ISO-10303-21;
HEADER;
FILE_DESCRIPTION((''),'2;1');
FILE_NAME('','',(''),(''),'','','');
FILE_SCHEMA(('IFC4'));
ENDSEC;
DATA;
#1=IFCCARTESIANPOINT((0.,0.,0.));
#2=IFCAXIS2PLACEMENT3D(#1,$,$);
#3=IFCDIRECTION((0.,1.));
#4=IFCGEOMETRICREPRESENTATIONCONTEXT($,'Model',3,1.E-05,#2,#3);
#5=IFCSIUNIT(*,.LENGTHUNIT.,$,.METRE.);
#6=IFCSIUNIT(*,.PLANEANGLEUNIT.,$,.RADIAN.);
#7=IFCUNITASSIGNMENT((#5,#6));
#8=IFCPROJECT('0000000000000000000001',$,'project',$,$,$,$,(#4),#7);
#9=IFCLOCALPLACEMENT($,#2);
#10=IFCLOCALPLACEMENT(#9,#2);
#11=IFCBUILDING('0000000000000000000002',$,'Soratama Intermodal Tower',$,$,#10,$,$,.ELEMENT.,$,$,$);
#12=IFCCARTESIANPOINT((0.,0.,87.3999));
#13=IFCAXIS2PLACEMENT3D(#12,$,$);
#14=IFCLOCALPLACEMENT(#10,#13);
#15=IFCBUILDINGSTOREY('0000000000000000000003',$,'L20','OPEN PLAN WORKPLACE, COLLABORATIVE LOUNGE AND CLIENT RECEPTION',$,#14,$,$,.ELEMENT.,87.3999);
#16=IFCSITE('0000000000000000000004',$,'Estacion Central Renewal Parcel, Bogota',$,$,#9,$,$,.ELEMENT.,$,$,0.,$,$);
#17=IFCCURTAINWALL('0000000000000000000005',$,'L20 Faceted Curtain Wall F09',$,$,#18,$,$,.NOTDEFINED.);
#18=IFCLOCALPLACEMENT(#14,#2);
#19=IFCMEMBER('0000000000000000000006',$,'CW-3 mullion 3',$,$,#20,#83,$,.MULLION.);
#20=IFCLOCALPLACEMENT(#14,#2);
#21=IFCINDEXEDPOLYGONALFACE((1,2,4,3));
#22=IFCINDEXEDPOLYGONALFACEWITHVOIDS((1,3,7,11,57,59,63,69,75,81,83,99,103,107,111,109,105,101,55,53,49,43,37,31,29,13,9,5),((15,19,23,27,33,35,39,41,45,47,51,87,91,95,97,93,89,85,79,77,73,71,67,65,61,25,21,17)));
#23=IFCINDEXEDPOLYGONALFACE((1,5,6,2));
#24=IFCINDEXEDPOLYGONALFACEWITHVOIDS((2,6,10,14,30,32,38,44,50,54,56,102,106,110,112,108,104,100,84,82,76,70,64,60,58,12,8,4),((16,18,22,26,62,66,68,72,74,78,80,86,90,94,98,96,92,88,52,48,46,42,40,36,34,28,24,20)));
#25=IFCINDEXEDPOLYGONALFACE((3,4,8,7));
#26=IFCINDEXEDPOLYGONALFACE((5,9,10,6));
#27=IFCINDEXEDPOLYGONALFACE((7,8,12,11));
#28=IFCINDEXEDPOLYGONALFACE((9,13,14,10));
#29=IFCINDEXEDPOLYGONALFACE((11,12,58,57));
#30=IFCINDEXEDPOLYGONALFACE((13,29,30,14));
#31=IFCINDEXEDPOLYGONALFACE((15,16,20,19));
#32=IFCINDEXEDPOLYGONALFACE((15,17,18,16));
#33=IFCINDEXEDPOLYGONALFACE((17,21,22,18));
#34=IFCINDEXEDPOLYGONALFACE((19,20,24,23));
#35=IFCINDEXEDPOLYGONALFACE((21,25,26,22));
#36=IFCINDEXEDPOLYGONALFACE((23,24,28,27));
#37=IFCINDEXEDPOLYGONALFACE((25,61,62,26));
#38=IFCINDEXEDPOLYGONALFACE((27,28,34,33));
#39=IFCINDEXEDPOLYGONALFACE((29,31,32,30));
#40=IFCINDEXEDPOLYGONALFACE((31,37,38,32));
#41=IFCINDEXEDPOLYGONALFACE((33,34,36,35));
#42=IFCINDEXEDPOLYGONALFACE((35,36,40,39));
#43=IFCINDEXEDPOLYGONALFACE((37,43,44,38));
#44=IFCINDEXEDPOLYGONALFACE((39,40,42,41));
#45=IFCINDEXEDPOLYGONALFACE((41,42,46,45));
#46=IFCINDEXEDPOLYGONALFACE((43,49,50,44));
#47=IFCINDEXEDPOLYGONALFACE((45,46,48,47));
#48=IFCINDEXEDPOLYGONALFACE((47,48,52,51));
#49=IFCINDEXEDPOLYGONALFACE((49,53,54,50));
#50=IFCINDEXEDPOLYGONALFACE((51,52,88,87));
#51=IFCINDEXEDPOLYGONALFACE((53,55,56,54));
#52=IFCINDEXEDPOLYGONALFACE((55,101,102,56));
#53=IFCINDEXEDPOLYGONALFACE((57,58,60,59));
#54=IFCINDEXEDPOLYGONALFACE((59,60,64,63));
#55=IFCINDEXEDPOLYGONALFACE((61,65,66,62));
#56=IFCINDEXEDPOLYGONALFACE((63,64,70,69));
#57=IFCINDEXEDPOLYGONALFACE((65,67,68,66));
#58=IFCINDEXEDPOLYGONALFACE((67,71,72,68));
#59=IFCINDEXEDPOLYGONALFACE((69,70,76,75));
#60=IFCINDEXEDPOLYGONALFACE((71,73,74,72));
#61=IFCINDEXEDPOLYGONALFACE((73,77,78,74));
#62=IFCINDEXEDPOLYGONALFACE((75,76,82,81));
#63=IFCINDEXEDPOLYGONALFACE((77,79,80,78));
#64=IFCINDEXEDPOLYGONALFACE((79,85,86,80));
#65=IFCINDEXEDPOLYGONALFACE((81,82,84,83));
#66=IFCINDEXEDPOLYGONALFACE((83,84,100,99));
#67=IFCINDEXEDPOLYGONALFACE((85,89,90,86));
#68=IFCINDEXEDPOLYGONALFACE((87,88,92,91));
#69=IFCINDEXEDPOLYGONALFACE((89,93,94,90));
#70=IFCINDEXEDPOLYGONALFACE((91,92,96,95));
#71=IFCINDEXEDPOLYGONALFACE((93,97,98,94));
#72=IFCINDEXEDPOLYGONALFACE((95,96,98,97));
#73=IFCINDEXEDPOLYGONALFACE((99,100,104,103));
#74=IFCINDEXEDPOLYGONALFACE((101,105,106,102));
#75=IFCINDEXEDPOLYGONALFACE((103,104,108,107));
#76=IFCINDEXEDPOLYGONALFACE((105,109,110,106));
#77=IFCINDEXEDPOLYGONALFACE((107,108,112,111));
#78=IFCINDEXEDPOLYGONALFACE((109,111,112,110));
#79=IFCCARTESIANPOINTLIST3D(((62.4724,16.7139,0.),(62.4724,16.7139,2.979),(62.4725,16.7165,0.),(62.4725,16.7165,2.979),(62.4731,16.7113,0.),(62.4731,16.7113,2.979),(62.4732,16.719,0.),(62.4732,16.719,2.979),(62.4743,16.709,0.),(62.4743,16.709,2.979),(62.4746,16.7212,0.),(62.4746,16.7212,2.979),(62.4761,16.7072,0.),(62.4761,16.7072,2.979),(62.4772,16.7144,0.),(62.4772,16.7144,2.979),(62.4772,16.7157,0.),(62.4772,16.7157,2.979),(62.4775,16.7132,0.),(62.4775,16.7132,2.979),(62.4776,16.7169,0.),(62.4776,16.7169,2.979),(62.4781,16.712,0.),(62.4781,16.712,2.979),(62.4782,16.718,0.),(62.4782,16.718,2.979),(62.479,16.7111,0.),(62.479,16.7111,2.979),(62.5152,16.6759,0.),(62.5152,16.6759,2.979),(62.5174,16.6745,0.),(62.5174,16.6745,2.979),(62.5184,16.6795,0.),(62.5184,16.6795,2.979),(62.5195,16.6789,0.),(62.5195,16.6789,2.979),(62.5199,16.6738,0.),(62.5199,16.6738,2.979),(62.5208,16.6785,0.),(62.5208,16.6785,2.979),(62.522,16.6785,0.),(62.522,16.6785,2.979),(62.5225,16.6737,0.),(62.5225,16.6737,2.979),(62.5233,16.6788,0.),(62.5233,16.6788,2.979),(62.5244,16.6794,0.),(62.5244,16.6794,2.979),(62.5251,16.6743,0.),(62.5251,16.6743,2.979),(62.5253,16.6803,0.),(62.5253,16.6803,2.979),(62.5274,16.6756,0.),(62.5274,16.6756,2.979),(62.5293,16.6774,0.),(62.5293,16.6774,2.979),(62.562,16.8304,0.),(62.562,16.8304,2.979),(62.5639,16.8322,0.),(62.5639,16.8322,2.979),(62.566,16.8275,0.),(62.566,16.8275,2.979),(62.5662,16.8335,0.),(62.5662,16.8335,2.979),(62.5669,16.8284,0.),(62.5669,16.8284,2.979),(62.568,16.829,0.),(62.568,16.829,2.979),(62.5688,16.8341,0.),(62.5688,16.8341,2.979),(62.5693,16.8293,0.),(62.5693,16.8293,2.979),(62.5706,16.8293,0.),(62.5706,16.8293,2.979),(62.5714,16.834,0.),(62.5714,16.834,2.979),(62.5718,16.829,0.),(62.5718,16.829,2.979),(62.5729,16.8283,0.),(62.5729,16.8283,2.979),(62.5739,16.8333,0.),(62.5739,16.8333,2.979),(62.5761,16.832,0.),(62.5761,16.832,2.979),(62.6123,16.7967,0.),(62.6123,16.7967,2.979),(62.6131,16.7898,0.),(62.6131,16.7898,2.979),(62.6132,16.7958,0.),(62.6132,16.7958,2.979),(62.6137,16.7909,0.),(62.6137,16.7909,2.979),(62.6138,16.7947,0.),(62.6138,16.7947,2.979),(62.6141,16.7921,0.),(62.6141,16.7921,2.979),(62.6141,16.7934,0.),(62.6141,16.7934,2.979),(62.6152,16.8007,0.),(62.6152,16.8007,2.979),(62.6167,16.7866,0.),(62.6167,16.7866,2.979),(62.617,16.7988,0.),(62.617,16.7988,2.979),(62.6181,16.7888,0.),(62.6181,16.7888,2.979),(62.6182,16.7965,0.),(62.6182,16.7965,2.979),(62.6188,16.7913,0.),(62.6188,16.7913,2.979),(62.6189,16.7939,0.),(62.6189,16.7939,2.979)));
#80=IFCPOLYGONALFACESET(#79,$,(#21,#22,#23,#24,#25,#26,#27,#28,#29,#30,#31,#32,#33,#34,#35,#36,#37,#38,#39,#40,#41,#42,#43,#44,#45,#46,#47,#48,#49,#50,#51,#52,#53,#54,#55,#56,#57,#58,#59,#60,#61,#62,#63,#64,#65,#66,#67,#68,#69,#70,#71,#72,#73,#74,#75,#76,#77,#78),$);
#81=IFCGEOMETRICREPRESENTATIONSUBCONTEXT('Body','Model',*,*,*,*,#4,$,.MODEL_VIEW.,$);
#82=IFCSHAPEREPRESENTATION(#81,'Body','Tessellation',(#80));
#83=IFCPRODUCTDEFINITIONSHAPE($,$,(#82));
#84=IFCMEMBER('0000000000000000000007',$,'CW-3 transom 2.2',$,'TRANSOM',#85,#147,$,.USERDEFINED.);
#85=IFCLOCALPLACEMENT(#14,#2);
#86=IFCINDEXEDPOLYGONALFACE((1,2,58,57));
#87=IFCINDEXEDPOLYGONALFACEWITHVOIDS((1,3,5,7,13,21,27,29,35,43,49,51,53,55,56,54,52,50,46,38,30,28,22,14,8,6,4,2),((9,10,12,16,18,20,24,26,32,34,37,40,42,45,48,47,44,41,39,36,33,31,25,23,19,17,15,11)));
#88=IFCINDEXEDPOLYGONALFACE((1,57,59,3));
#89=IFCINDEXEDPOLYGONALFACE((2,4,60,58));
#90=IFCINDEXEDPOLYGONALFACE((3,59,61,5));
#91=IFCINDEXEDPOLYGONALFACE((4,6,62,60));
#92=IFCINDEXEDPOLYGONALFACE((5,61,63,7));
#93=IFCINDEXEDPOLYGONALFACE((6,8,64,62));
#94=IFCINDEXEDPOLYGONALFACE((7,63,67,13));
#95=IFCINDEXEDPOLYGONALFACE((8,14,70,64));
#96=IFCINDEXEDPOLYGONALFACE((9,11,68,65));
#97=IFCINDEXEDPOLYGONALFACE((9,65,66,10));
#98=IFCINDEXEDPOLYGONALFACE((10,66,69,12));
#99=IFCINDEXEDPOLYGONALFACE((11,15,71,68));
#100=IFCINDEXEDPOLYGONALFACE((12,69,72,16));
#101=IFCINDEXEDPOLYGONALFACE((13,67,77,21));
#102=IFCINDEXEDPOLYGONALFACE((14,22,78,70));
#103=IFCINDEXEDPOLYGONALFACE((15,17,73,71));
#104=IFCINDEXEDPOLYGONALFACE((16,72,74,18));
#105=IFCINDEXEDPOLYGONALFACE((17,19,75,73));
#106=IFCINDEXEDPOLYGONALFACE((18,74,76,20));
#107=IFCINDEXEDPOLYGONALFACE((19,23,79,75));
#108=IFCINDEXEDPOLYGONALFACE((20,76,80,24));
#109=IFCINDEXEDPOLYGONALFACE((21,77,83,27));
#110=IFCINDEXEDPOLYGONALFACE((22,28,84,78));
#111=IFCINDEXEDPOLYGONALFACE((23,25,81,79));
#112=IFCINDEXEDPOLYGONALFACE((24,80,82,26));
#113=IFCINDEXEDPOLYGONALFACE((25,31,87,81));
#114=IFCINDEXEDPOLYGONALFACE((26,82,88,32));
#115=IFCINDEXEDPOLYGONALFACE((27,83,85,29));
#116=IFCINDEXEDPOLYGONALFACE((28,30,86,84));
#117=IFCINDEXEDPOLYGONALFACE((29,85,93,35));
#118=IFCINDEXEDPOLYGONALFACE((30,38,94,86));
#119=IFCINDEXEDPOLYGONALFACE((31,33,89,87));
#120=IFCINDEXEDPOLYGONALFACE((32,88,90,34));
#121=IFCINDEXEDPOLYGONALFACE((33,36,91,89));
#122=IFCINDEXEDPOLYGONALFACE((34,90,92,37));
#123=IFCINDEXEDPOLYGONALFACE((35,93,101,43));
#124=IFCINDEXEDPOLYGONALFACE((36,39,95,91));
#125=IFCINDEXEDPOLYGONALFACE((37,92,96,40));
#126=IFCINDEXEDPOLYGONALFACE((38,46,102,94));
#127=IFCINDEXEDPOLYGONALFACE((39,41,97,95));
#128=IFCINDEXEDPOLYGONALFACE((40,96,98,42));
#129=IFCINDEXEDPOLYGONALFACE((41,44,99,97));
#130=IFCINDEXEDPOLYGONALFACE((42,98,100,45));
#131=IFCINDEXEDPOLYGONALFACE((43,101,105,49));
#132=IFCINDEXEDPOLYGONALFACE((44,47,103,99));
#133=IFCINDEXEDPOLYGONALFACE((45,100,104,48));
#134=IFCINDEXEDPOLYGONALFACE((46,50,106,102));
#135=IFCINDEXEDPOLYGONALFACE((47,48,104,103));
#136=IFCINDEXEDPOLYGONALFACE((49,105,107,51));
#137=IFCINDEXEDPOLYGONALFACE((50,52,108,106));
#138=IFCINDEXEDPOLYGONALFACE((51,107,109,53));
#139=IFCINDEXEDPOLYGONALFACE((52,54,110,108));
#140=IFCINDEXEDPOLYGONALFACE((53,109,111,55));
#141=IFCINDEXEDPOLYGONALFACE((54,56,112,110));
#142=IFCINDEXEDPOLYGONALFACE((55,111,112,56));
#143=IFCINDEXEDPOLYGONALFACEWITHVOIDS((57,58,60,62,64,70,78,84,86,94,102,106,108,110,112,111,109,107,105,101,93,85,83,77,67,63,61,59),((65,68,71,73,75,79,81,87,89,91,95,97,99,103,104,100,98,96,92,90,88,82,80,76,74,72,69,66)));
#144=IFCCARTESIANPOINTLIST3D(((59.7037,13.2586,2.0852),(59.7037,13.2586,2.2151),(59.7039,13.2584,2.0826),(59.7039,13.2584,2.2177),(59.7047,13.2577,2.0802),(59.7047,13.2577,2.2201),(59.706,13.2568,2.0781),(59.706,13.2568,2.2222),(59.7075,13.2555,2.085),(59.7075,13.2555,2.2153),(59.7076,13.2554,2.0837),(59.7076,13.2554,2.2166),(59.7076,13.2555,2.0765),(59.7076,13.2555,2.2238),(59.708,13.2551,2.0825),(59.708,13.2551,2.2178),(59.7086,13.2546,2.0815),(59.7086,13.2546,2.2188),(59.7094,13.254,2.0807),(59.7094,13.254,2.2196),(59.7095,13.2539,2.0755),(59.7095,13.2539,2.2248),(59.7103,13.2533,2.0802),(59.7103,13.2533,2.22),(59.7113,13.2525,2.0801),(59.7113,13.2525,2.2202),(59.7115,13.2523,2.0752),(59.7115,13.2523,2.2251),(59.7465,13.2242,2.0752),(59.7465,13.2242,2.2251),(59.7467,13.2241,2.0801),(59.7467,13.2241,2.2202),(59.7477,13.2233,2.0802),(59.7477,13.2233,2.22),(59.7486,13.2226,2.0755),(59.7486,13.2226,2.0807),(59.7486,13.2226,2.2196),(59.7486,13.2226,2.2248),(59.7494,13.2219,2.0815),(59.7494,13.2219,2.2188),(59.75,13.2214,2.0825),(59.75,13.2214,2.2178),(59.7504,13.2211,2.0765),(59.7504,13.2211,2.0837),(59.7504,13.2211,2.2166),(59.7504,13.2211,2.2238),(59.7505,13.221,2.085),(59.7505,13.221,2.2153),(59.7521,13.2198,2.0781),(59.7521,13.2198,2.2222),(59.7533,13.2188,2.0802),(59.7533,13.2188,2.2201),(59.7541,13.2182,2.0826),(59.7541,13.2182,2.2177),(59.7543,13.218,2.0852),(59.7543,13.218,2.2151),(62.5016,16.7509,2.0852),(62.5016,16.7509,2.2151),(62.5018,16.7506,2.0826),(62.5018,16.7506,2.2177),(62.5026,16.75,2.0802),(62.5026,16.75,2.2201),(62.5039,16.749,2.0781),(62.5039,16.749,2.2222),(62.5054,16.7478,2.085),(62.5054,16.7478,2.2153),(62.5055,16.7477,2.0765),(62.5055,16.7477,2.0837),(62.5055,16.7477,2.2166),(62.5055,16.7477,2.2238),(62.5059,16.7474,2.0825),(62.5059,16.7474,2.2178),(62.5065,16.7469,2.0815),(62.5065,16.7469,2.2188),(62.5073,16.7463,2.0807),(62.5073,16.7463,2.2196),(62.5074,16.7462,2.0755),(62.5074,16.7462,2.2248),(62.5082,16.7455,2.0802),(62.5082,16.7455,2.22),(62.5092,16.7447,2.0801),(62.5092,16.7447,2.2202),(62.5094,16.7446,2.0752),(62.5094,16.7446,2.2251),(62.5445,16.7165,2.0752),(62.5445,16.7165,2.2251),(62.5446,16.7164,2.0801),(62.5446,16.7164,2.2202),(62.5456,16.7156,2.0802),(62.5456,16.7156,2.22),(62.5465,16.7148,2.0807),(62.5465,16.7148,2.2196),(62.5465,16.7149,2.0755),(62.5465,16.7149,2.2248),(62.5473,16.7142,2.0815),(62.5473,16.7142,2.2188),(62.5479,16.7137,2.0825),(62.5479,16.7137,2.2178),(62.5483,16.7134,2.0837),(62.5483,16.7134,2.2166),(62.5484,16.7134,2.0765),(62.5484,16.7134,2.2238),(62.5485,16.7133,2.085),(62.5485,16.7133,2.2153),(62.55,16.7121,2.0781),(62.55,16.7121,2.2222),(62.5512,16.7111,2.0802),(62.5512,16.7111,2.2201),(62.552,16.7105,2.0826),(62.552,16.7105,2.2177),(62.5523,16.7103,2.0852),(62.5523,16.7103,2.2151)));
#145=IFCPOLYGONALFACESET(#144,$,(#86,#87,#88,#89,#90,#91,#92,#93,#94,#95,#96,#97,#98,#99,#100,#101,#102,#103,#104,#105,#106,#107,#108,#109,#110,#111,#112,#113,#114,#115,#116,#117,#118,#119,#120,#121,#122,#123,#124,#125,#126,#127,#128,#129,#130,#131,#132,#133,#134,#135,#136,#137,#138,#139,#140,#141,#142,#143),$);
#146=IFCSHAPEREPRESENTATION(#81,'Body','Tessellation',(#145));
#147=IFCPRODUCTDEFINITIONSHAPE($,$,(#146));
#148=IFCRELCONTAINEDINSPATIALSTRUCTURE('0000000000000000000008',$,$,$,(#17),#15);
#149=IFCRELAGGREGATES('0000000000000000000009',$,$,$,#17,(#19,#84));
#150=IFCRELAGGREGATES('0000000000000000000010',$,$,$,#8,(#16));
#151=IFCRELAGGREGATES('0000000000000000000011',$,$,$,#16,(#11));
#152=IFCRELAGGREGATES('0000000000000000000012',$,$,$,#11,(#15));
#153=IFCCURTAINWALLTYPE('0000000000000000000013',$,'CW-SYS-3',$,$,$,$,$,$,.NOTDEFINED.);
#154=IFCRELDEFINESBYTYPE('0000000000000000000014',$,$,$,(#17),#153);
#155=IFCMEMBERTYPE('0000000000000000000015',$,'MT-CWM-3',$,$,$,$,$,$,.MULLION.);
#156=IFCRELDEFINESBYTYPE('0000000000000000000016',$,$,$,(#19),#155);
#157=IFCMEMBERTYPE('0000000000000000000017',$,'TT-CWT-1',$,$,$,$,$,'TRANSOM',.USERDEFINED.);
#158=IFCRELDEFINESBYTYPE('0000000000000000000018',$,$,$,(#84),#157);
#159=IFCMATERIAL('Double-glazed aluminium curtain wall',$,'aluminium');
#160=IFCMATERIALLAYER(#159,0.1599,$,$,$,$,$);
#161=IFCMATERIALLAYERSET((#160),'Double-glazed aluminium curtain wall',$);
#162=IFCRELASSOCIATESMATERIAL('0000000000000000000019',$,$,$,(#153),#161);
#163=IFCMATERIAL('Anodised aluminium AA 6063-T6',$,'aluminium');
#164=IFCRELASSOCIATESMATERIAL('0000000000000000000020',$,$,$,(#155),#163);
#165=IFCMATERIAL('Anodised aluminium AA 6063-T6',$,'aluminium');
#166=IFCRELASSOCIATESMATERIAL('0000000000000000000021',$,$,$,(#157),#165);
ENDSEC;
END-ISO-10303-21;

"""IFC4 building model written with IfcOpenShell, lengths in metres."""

from ifc_helpers import new_model, si_unit, direction, frame, origin, origin_2d, place, context, subcontext, project, spatial, hollow_rectangle, extrude, material, layer, layer_set, material_profile, profile_set, type_object, element, aggregate, save


model = new_model("IFC4")

# Units and contexts
model_context = context("Model", 3, precision=1e-05, world=origin(), true_north=direction((0.0, 1.0)))
body_context = subcontext(model_context, "Body", "Model", "MODEL_VIEW")
ifc_project = project(units=[si_unit("LENGTHUNIT", "METRE"), si_unit("PLANEANGLEUNIT", "RADIAN")], contexts=[model_context])

# Site, building, storey
site_placement = place(None, origin())
site = spatial("IfcSite", under=ifc_project, at=site_placement, Name="Estacion Central Renewal Parcel, Bogota", CompositionType="ELEMENT", RefElevation=0.0)
building_placement = place(site_placement, origin())
building = spatial("IfcBuilding", under=site, at=building_placement, Name="Soratama Intermodal Tower", CompositionType="ELEMENT")
storey_placement = place(building_placement, frame((0.0, 0.0, 87.3999)))
storey = spatial("IfcBuildingStorey", under=building, at=storey_placement, Name="L20", Description="OPEN PLAN WORKPLACE, COLLABORATIVE LOUNGE AND CLIENT RECEPTION", CompositionType="ELEMENT", Elevation=87.3999)

# Curtain wall, members
ifc_material_1 = material(Name="Double-glazed aluminium curtain wall", Category="aluminium")
ifc_layer_1 = layer(ifc_material_1, 0.1599)
ifc_layer_set_1 = layer_set([ifc_layer_1], Name="Double-glazed aluminium curtain wall")
curtain_wall_type = type_object("IfcCurtainWallType", Name="CW-SYS-3", PredefinedType="NOTDEFINED", material=ifc_layer_set_1)
curtain_wall_placement = place(storey_placement, origin())
curtain_wall = element("IfcCurtainWall", 1, at=curtain_wall_placement, inside=storey, type_object=curtain_wall_type, Name="L20 Faceted Curtain Wall F09", PredefinedType="NOTDEFINED")
ifc_material_2 = material(Name="Anodised aluminium AA 6063-T6", Category="aluminium")
ifc_material_profile_1 = material_profile(ifc_material_2, hollow_rectangle(XDim=0.0701, YDim=0.1599, WallThickness=0.0049, InnerFilletRadius=0.0049, OuterFilletRadius=0.01, at=origin_2d()), Name="CWM160X70X5")
ifc_profile_set_1 = profile_set([ifc_material_profile_1], Name="Anodised aluminium AA 6063-T6")
member_type_1 = type_object("IfcMemberType", Name="MT-CWM-3", PredefinedType="MULLION", material=ifc_profile_set_1)
member_1_placement = place(storey_placement, frame((62.5457, 16.7539, 0.0), z_axis=(0.0, 0.0, 1.0), x_axis=(-0.780432, 0.625241, 0.0)))
member_1 = element("IfcMember", 2, at=member_1_placement, type_object=member_type_1, Name="CW-3 mullion 3", PredefinedType="MULLION", context=body_context, shape_type="SweptSolid", body=[
    extrude(hollow_rectangle(XDim=0.0701, YDim=0.1599, WallThickness=0.0049, InnerFilletRadius=0.0049, OuterFilletRadius=0.01, at=origin_2d()), origin(), (0.0, 0.0, 1.0), 2.979),
])
ifc_material_3 = material(Name="Anodised aluminium AA 6063-T6", Category="aluminium")
ifc_material_profile_2 = material_profile(ifc_material_3, hollow_rectangle(XDim=0.0649, YDim=0.1499, WallThickness=0.0049, InnerFilletRadius=0.0049, OuterFilletRadius=0.01, at=origin_2d()), Name="CWT150X65X5")
ifc_profile_set_2 = profile_set([ifc_material_profile_2], Name="Anodised aluminium AA 6063-T6")
member_type_2 = type_object("IfcMemberType", Name="TT-CWT-1", ElementType="TRANSOM", PredefinedType="USERDEFINED", material=ifc_profile_set_2)
member_2_placement = place(storey_placement, frame((59.729, 13.2383, 2.1501), z_axis=(0.625254, 0.780421, 0.0), x_axis=(-0.780421, 0.625254, 0.0)))
member_2 = element("IfcMember", 3, at=member_2_placement, type_object=member_type_2, Name="CW-3 transom 2.2", ObjectType="TRANSOM", PredefinedType="USERDEFINED", context=body_context, shape_type="SweptSolid", body=[
    extrude(hollow_rectangle(XDim=0.0649, YDim=0.1499, WallThickness=0.0049, InnerFilletRadius=0.0049, OuterFilletRadius=0.01, at=origin_2d()), origin(), (0.0, 0.0, 1.0), 4.4749),
])
aggregate(curtain_wall, [member_1, member_2])

save(model, "model.ifc")
